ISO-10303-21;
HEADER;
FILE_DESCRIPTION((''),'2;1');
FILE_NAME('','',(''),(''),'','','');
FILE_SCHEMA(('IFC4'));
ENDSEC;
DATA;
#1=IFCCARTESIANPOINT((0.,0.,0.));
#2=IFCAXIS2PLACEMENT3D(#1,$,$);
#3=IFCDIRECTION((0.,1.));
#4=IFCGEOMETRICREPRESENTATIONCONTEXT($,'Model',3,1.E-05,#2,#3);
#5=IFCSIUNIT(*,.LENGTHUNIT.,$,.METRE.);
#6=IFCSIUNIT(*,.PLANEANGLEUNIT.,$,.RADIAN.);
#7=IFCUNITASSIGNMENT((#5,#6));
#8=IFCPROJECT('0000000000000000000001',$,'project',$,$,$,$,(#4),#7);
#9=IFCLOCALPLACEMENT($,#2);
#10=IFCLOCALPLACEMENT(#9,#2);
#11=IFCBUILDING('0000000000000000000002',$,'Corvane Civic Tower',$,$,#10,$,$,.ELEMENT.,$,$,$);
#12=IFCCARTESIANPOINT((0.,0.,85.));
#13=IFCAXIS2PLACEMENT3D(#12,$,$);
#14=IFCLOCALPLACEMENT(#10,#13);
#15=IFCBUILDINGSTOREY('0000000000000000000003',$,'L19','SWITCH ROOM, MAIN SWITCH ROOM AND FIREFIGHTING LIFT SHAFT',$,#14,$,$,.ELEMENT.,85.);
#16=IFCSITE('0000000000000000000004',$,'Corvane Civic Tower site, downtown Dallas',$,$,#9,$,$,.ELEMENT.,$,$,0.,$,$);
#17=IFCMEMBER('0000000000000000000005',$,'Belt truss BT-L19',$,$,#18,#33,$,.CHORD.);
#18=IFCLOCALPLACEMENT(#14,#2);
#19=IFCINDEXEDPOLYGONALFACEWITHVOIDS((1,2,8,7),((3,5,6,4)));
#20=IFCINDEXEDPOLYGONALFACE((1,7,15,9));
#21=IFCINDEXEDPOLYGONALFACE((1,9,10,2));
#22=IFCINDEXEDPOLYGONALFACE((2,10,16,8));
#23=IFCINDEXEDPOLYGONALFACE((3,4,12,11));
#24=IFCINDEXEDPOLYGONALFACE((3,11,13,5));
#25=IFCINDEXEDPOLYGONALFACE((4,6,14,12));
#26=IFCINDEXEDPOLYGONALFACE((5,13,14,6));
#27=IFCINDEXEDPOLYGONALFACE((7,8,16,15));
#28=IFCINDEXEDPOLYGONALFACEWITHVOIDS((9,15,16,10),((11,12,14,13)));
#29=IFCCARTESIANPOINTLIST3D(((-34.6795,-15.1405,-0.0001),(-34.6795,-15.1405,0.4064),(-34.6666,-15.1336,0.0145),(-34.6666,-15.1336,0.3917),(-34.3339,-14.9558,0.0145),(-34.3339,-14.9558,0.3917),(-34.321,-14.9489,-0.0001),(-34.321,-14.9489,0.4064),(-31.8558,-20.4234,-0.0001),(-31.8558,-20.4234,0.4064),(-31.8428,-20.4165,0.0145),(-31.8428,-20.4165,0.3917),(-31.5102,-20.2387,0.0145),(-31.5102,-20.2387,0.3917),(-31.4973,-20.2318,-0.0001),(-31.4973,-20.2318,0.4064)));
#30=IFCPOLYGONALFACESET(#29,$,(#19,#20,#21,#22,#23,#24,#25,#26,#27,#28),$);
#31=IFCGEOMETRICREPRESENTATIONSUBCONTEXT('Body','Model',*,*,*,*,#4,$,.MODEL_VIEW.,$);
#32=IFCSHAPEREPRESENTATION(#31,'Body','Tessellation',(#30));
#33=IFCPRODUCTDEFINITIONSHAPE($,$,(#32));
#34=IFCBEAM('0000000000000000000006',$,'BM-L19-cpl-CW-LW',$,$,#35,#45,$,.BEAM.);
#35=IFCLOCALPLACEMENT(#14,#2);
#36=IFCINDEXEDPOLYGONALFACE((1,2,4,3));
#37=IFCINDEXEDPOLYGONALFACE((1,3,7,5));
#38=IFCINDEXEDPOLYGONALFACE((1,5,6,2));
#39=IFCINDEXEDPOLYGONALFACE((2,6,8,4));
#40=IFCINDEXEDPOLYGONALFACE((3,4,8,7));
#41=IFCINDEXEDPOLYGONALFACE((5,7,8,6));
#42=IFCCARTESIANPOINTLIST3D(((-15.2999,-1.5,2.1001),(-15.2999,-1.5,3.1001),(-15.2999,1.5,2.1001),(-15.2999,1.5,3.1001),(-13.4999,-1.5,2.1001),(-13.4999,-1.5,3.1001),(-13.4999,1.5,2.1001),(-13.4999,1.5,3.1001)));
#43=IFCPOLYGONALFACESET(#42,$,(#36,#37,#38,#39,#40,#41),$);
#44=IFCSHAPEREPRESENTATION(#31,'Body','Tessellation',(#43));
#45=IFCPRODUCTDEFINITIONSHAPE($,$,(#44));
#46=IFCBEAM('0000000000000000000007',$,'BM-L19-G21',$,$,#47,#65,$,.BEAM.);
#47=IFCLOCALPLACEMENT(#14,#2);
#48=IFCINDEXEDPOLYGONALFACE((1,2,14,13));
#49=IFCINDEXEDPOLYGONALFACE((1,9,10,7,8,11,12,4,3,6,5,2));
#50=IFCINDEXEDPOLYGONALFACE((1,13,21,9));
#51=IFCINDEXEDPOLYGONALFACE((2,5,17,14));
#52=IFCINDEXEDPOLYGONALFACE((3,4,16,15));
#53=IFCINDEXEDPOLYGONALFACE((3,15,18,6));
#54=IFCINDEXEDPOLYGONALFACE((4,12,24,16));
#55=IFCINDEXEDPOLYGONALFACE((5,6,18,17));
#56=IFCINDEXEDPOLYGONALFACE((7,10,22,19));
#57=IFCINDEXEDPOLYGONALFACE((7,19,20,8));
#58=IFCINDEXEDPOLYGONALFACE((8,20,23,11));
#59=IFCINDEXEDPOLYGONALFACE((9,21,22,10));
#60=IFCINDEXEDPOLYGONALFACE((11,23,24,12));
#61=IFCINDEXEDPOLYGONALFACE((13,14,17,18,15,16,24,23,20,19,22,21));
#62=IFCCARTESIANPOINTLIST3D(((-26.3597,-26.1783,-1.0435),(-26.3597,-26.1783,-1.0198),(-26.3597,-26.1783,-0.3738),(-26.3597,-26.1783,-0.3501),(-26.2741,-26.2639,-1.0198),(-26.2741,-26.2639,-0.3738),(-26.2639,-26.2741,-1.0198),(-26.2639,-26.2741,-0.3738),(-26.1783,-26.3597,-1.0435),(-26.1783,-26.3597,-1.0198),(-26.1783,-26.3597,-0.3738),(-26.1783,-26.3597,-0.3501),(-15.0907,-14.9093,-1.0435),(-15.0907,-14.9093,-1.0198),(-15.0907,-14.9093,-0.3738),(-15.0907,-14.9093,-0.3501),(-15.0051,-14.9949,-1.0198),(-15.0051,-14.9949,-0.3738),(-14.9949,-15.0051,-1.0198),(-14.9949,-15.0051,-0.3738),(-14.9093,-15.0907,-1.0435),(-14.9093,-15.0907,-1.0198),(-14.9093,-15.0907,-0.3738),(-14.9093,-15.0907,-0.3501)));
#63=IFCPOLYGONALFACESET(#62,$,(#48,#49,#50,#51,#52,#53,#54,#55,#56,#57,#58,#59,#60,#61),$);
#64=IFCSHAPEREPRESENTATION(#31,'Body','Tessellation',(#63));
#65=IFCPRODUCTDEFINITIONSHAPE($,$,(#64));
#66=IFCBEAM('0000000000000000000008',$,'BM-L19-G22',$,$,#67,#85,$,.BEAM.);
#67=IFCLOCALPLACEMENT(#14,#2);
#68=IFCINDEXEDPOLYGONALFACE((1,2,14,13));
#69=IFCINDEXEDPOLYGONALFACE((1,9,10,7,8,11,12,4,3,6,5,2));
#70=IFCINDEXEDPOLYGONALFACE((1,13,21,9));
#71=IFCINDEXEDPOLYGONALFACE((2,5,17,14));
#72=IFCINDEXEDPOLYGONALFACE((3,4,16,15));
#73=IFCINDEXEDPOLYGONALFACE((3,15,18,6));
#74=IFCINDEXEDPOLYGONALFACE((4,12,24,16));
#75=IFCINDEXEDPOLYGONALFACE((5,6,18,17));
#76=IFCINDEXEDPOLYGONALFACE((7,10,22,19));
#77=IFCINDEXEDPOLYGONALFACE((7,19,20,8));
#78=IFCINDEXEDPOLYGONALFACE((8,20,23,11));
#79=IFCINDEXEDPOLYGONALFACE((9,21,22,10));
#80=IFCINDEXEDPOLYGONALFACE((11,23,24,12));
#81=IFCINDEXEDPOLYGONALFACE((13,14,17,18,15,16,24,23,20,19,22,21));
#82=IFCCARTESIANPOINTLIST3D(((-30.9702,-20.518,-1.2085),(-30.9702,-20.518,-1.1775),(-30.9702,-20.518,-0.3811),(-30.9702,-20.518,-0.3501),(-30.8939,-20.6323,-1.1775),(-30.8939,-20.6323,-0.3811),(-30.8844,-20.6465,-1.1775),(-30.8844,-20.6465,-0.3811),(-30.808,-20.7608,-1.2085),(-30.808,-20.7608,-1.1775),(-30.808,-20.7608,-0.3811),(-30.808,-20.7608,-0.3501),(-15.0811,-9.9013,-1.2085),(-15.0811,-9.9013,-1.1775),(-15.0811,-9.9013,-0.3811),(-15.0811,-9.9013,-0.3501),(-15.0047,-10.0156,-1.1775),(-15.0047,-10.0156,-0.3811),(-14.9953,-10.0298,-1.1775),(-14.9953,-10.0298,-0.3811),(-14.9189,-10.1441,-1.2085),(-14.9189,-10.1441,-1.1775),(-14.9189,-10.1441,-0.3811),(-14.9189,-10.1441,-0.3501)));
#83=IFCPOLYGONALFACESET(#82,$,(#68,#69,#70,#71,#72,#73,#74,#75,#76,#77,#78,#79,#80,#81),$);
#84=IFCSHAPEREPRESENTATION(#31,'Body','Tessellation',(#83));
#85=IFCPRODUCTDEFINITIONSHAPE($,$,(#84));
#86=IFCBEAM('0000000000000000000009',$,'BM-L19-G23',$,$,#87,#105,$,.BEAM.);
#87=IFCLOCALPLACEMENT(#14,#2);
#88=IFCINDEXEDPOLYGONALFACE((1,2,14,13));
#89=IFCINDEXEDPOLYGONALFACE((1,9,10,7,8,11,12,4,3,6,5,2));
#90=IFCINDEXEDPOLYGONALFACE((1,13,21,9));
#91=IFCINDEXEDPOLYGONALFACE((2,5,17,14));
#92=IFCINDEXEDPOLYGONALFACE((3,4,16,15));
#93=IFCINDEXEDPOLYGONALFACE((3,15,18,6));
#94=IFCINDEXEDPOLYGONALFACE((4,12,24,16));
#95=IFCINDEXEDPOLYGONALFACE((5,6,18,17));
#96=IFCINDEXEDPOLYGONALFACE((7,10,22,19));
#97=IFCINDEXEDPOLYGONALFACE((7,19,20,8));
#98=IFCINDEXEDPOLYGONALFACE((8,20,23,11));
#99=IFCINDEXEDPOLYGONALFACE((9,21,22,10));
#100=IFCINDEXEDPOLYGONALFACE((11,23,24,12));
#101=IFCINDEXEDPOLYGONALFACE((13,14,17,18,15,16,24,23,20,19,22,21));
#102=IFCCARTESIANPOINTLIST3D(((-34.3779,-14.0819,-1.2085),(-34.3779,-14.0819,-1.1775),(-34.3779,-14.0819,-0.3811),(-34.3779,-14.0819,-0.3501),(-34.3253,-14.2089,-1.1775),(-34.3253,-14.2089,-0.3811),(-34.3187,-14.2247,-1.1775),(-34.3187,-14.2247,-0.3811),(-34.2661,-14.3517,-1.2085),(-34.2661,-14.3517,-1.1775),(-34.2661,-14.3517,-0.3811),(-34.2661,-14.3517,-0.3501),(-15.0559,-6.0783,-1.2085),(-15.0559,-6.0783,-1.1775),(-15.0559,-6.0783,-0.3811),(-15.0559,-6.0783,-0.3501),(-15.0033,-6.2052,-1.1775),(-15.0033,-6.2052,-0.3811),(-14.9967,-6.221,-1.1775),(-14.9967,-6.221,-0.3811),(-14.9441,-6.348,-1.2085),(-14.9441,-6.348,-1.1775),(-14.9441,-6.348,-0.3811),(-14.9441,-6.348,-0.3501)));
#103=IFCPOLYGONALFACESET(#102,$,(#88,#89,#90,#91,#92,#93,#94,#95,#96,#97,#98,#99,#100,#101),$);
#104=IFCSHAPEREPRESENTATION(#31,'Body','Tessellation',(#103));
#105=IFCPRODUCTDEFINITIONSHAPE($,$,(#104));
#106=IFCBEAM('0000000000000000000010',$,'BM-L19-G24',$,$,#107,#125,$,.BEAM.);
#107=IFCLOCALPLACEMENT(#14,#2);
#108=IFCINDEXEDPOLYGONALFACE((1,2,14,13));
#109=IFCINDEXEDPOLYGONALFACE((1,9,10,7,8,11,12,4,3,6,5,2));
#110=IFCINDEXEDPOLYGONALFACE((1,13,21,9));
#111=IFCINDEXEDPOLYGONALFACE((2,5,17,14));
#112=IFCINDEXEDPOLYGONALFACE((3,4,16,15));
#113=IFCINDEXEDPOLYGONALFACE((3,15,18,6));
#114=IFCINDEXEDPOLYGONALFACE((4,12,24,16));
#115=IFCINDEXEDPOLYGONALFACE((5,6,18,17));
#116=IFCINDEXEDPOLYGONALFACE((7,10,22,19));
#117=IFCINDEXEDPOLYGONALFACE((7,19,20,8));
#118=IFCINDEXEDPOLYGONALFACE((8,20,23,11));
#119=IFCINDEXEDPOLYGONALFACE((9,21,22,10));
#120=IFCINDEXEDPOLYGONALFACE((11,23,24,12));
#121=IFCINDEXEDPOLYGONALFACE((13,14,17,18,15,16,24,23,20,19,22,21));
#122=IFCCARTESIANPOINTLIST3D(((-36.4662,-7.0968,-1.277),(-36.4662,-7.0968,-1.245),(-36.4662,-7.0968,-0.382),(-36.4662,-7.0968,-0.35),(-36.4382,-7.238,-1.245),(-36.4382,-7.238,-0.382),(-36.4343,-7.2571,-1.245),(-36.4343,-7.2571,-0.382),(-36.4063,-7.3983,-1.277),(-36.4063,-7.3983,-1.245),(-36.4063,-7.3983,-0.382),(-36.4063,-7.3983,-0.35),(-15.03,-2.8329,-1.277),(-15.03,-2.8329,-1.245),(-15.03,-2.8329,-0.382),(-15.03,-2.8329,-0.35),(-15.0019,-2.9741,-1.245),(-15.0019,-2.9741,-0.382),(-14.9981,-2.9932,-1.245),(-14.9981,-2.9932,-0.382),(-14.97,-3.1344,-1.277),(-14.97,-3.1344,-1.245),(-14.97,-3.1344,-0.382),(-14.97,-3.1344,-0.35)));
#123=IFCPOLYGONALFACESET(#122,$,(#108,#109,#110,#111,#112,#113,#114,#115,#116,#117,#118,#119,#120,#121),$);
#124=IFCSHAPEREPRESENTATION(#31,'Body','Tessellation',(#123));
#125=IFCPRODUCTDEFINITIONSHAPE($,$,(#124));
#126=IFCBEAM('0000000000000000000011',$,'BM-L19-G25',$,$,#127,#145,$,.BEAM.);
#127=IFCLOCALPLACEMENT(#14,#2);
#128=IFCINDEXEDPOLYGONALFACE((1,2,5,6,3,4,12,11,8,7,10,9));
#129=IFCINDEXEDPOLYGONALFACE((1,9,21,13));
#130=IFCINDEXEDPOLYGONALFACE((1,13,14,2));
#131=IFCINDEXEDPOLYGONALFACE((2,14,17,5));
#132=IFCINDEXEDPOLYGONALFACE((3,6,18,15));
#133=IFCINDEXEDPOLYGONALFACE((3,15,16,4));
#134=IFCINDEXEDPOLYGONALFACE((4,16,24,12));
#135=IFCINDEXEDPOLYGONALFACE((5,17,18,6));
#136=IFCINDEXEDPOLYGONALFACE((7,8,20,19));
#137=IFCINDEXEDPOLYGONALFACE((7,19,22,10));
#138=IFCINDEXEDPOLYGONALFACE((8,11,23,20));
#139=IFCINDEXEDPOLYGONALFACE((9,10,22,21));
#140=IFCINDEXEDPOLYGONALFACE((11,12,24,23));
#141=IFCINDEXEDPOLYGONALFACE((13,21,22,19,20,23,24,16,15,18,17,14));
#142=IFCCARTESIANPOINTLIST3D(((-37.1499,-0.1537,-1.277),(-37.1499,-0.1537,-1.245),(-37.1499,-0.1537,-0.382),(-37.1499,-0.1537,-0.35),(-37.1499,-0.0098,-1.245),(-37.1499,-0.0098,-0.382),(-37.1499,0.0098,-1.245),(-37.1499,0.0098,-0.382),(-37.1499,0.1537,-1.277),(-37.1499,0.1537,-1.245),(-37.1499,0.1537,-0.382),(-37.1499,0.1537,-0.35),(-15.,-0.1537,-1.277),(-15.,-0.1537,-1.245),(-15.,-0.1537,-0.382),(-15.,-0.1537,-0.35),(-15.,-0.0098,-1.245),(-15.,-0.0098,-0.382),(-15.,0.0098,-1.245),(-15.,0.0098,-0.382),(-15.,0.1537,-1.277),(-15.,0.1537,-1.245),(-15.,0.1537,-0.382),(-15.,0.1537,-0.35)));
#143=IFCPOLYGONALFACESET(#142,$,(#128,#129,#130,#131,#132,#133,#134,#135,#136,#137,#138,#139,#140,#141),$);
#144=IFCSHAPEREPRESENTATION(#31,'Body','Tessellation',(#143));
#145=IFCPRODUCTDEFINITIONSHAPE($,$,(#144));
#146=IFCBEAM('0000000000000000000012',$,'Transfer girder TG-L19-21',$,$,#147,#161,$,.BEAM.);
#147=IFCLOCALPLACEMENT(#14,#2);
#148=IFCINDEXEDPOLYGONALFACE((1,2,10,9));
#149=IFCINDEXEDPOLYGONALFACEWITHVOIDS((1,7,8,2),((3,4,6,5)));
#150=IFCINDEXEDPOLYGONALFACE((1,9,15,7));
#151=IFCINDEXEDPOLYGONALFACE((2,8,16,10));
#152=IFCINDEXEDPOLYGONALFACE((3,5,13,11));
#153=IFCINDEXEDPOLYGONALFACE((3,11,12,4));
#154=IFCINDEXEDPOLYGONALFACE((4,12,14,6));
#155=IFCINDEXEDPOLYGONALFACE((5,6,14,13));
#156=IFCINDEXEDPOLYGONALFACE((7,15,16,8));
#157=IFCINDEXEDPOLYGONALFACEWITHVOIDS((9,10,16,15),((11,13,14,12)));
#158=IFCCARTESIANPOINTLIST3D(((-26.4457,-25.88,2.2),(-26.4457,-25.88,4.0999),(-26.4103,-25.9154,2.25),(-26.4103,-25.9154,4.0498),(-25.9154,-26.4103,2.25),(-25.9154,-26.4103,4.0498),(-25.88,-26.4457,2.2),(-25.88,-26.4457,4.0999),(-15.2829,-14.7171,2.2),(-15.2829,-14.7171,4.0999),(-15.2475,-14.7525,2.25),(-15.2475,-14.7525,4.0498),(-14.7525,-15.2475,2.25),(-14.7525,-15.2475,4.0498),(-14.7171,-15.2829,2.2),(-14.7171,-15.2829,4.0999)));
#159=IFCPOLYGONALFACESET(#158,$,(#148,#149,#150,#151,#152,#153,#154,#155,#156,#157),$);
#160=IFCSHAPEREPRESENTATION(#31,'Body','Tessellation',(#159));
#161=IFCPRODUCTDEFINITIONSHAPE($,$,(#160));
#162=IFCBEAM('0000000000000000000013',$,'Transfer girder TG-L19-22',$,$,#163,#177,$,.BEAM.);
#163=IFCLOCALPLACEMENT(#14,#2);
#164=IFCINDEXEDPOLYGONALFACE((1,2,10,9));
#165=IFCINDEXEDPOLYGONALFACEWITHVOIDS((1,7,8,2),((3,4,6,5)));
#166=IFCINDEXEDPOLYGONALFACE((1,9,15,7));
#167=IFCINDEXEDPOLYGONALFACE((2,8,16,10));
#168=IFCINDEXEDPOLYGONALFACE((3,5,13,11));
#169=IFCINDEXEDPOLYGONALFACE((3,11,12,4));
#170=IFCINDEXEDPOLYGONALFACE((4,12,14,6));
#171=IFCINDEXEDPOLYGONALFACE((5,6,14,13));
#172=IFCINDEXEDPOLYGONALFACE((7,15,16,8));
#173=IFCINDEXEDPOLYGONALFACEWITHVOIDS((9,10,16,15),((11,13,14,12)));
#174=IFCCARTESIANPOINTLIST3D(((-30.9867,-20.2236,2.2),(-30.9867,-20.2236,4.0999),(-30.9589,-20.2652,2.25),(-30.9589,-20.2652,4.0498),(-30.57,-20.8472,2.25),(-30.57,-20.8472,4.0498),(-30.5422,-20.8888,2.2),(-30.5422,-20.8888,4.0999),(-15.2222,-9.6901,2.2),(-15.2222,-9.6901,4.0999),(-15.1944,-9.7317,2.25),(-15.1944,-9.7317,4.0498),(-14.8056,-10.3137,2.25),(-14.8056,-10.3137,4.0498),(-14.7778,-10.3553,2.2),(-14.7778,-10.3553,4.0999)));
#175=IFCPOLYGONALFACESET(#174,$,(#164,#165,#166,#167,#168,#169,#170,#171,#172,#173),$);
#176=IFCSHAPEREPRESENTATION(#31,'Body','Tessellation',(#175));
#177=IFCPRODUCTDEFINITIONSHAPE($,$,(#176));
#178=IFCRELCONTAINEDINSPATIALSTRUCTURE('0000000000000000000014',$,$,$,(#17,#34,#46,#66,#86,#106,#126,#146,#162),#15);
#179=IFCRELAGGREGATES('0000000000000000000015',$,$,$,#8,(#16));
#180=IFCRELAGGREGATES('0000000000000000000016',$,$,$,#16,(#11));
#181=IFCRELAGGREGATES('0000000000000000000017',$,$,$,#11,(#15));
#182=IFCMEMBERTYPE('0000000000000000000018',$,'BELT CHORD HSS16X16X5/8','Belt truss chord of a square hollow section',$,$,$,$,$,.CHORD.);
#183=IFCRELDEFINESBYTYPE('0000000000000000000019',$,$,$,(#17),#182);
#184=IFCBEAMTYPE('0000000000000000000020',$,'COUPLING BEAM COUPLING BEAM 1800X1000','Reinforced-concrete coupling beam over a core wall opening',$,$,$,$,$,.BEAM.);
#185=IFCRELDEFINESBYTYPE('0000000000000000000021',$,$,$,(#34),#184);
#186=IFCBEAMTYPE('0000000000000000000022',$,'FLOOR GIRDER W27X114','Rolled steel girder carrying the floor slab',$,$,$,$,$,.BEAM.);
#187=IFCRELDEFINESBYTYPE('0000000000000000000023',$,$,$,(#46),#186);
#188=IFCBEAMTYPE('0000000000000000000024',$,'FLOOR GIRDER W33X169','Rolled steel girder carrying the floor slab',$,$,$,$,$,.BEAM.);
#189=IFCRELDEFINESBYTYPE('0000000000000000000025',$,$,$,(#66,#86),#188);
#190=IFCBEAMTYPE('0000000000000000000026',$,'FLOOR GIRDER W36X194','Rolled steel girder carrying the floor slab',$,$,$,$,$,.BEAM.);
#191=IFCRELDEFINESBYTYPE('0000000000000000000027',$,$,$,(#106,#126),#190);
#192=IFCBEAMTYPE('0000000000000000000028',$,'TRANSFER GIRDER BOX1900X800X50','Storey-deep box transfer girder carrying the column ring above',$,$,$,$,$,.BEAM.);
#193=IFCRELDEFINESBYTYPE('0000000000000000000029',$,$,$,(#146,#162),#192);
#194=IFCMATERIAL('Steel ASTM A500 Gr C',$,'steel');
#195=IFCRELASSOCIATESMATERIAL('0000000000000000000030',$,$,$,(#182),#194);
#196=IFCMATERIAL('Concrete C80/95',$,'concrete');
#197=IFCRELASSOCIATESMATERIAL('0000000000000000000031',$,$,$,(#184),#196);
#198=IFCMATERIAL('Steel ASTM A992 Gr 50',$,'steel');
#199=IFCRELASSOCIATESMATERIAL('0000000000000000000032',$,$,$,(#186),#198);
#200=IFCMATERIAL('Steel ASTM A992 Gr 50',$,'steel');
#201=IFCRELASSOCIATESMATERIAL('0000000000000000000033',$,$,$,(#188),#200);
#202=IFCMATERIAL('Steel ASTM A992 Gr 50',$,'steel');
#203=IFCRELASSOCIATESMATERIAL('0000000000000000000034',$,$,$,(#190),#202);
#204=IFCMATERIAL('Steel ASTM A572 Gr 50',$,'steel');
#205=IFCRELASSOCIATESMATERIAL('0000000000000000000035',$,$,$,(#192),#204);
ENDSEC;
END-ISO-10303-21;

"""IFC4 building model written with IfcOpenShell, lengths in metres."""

from ifc_helpers import new_model, si_unit, direction, frame, origin, origin_2d, place, context, subcontext, project, spatial, rectangle, hollow_rectangle, i_section, extrude, material, material_profile, profile_set, type_object, element, save


model = new_model("IFC4")

# Units and contexts
model_context = context("Model", 3, precision=1e-05, world=origin(), true_north=direction((0.0, 1.0)))
body_context = subcontext(model_context, "Body", "Model", "MODEL_VIEW")
ifc_project = project(units=[si_unit("LENGTHUNIT", "METRE"), si_unit("PLANEANGLEUNIT", "RADIAN")], contexts=[model_context])

# Site, building, storey
site_placement = place(None, origin())
site = spatial("IfcSite", under=ifc_project, at=site_placement, Name="Corvane Civic Tower site, downtown Dallas", CompositionType="ELEMENT", RefElevation=0.0)
building_placement = place(site_placement, origin())
building = spatial("IfcBuilding", under=site, at=building_placement, Name="Corvane Civic Tower", CompositionType="ELEMENT")
storey_placement = place(building_placement, frame((0.0, 0.0, 85.0)))
storey = spatial("IfcBuildingStorey", under=building, at=storey_placement, Name="L19", Description="SWITCH ROOM, MAIN SWITCH ROOM AND FIREFIGHTING LIFT SHAFT", CompositionType="ELEMENT", Elevation=85.0)

# Member
ifc_material_1 = material(Name="Steel ASTM A500 Gr C", Category="steel")
ifc_material_profile_1 = material_profile(ifc_material_1, hollow_rectangle(XDim=0.4065, YDim=0.4065, WallThickness=0.0146, at=origin_2d()), Name="HSS16X16X5/8")
ifc_profile_set_1 = profile_set([ifc_material_profile_1], Name="Steel ASTM A500 Gr C")
member_type = type_object("IfcMemberType", Name="BELT CHORD HSS16X16X5/8", Description="Belt truss chord of a square hollow section", PredefinedType="CHORD", material=ifc_profile_set_1)
member_placement = place(storey_placement, frame((-31.6765, -20.3276, 0.2031), z_axis=(-0.471388, 0.881926, 0.0), x_axis=(-0.881926, -0.471388, 0.0)))
element("IfcMember", 1, at=member_placement, inside=storey, type_object=member_type, Name="Belt truss BT-L19", PredefinedType="CHORD", context=body_context, shape_type="SweptSolid", body=[
    extrude(hollow_rectangle(XDim=0.4065, YDim=0.4065, WallThickness=0.0146, at=origin_2d()), origin(), (0.0, 0.0, 1.0), 5.9902),
])

# Beams
ifc_material_2 = material(Name="Concrete C80/95", Category="concrete")
ifc_material_profile_2 = material_profile(ifc_material_2, rectangle(XDim=1.8, YDim=1.0, at=origin_2d()), Name="COUPLING BEAM 1800X1000")
ifc_profile_set_2 = profile_set([ifc_material_profile_2], Name="Concrete C80/95")
beam_type_1 = type_object("IfcBeamType", Name="COUPLING BEAM COUPLING BEAM 1800X1000", Description="Reinforced-concrete coupling beam over a core wall opening", PredefinedType="BEAM", material=ifc_profile_set_2)
beam_1_placement = place(storey_placement, frame((-14.3999, -1.5, 2.6001), z_axis=(0.0, 1.0, 0.0), x_axis=(-1.0, 0.0, 0.0)))
element("IfcBeam", 2, at=beam_1_placement, inside=storey, type_object=beam_type_1, Name="BM-L19-cpl-CW-LW", PredefinedType="BEAM", context=body_context, shape_type="SweptSolid", body=[
    extrude(rectangle(XDim=1.8, YDim=1.0, at=origin_2d()), origin(), (0.0, 0.0, 1.0), 3.0),
])
ifc_material_3 = material(Name="Steel ASTM A992 Gr 50", Category="steel")
ifc_material_profile_3 = material_profile(ifc_material_3, i_section(OverallWidth=0.2566, OverallDepth=0.6934, WebThickness=0.0144, FlangeThickness=0.0237, at=origin_2d()), Name="W27X114")
ifc_profile_set_3 = profile_set([ifc_material_profile_3], Name="Steel ASTM A992 Gr 50")
beam_type_2 = type_object("IfcBeamType", Name="FLOOR GIRDER W27X114", Description="Rolled steel girder carrying the floor slab", PredefinedType="BEAM", material=ifc_profile_set_3)
beam_2_placement = place(storey_placement, frame((-15.0, -15.0, -0.6968), z_axis=(-0.707107, -0.707107, 0.0), x_axis=(0.707107, -0.707107, 0.0)))
element("IfcBeam", 3, at=beam_2_placement, inside=storey, type_object=beam_type_2, Name="BM-L19-G21", PredefinedType="BEAM", context=body_context, shape_type="SweptSolid", body=[
    extrude(i_section(OverallWidth=0.2566, OverallDepth=0.6934, WebThickness=0.0144, FlangeThickness=0.0237, at=origin_2d()), origin(), (0.0, 0.0, 1.0), 15.9368),
])
ifc_material_4 = material(Name="Steel ASTM A992 Gr 50", Category="steel")
ifc_material_profile_4 = material_profile(ifc_material_4, i_section(OverallWidth=0.292, OverallDepth=0.8584, WebThickness=0.0171, FlangeThickness=0.031, at=origin_2d()), Name="W33X169")
ifc_profile_set_4 = profile_set([ifc_material_profile_4], Name="Steel ASTM A992 Gr 50")
beam_type_3 = type_object("IfcBeamType", Name="FLOOR GIRDER W33X169", Description="Rolled steel girder carrying the floor slab", PredefinedType="BEAM", material=ifc_profile_set_4)
beam_3_placement = place(storey_placement, frame((-15.0, -10.0227, -0.7793), z_axis=(-0.831472, -0.555567, 0.0), x_axis=(0.555567, -0.831472, 0.0)))
element("IfcBeam", 4, at=beam_3_placement, inside=storey, type_object=beam_type_3, Name="BM-L19-G22", PredefinedType="BEAM", context=body_context, shape_type="SweptSolid", body=[
    extrude(i_section(OverallWidth=0.292, OverallDepth=0.8584, WebThickness=0.0171, FlangeThickness=0.031, at=origin_2d()), origin(), (0.0, 0.0, 1.0), 19.1096),
])
beam_4_placement = place(storey_placement, frame((-15.0, -6.2131, -0.7793), z_axis=(-0.923876, -0.382692, 0.0), x_axis=(0.382692, -0.923876, 0.0)))
element("IfcBeam", 5, at=beam_4_placement, inside=storey, type_object=beam_type_3, Name="BM-L19-G23", PredefinedType="BEAM", context=body_context, shape_type="SweptSolid", body=[
    extrude(i_section(OverallWidth=0.292, OverallDepth=0.8584, WebThickness=0.0171, FlangeThickness=0.031, at=origin_2d()), origin(), (0.0, 0.0, 1.0), 20.9141),
])
ifc_material_5 = material(Name="Steel ASTM A992 Gr 50", Category="steel")
ifc_material_profile_5 = material_profile(ifc_material_5, i_section(OverallWidth=0.3074, OverallDepth=0.927, WebThickness=0.0195, FlangeThickness=0.032, at=origin_2d()), Name="W36X194")
ifc_profile_set_5 = profile_set([ifc_material_profile_5], Name="Steel ASTM A992 Gr 50")
beam_type_4 = type_object("IfcBeamType", Name="FLOOR GIRDER W36X194", Description="Rolled steel girder carrying the floor slab", PredefinedType="BEAM", material=ifc_profile_set_5)
beam_5_placement = place(storey_placement, frame((-15.0, -2.9836, -0.8135), z_axis=(-0.980785, -0.195089, 0.0), x_axis=(0.195089, -0.980785, 0.0)))
element("IfcBeam", 6, at=beam_5_placement, inside=storey, type_object=beam_type_4, Name="BM-L19-G24", PredefinedType="BEAM", context=body_context, shape_type="SweptSolid", body=[
    extrude(i_section(OverallWidth=0.3074, OverallDepth=0.927, WebThickness=0.0195, FlangeThickness=0.032, at=origin_2d()), origin(), (0.0, 0.0, 1.0), 21.8562),
])
beam_6_placement = place(storey_placement, frame((-15.0, 0.0, -0.8135), z_axis=(-1.0, 0.0, 0.0), x_axis=(0.0, -1.0, 0.0)))
element("IfcBeam", 7, at=beam_6_placement, inside=storey, type_object=beam_type_4, Name="BM-L19-G25", PredefinedType="BEAM", context=body_context, shape_type="SweptSolid", body=[
    extrude(i_section(OverallWidth=0.3074, OverallDepth=0.927, WebThickness=0.0195, FlangeThickness=0.032, at=origin_2d()), origin(), (0.0, 0.0, 1.0), 22.1499),
])
ifc_material_6 = material(Name="Steel ASTM A572 Gr 50", Category="steel")
ifc_material_profile_6 = material_profile(ifc_material_6, hollow_rectangle(XDim=0.8, YDim=1.8999, WallThickness=0.05, at=origin_2d()), Name="BOX1900X800X50")
ifc_profile_set_6 = profile_set([ifc_material_profile_6], Name="Steel ASTM A572 Gr 50")
beam_type_5 = type_object("IfcBeamType", Name="TRANSFER GIRDER BOX1900X800X50", Description="Storey-deep box transfer girder carrying the column ring above", PredefinedType="BEAM", material=ifc_profile_set_6)
beam_7_placement = place(storey_placement, frame((-15.0, -15.0, 3.1499), z_axis=(-0.707107, -0.707107, 0.0), x_axis=(0.707107, -0.707107, 0.0)))
element("IfcBeam", 8, at=beam_7_placement, inside=storey, type_object=beam_type_5, Name="Transfer girder TG-L19-21", PredefinedType="BEAM", context=body_context, shape_type="SweptSolid", body=[
    extrude(hollow_rectangle(XDim=0.8, YDim=1.8999, WallThickness=0.05, at=origin_2d()), origin(), (0.0, 0.0, 1.0), 15.7866),
])
beam_8_placement = place(storey_placement, frame((-15.0, -10.0227, 3.1499), z_axis=(-0.831469, -0.555571, 0.0), x_axis=(0.555571, -0.831469, 0.0)))
element("IfcBeam", 9, at=beam_8_placement, inside=storey, type_object=beam_type_5, Name="Transfer girder TG-L19-22", PredefinedType="BEAM", context=body_context, shape_type="SweptSolid", body=[
    extrude(hollow_rectangle(XDim=0.8, YDim=1.8999, WallThickness=0.05, at=origin_2d()), origin(), (0.0, 0.0, 1.0), 18.9597),
])

save(model, "model.ifc")
